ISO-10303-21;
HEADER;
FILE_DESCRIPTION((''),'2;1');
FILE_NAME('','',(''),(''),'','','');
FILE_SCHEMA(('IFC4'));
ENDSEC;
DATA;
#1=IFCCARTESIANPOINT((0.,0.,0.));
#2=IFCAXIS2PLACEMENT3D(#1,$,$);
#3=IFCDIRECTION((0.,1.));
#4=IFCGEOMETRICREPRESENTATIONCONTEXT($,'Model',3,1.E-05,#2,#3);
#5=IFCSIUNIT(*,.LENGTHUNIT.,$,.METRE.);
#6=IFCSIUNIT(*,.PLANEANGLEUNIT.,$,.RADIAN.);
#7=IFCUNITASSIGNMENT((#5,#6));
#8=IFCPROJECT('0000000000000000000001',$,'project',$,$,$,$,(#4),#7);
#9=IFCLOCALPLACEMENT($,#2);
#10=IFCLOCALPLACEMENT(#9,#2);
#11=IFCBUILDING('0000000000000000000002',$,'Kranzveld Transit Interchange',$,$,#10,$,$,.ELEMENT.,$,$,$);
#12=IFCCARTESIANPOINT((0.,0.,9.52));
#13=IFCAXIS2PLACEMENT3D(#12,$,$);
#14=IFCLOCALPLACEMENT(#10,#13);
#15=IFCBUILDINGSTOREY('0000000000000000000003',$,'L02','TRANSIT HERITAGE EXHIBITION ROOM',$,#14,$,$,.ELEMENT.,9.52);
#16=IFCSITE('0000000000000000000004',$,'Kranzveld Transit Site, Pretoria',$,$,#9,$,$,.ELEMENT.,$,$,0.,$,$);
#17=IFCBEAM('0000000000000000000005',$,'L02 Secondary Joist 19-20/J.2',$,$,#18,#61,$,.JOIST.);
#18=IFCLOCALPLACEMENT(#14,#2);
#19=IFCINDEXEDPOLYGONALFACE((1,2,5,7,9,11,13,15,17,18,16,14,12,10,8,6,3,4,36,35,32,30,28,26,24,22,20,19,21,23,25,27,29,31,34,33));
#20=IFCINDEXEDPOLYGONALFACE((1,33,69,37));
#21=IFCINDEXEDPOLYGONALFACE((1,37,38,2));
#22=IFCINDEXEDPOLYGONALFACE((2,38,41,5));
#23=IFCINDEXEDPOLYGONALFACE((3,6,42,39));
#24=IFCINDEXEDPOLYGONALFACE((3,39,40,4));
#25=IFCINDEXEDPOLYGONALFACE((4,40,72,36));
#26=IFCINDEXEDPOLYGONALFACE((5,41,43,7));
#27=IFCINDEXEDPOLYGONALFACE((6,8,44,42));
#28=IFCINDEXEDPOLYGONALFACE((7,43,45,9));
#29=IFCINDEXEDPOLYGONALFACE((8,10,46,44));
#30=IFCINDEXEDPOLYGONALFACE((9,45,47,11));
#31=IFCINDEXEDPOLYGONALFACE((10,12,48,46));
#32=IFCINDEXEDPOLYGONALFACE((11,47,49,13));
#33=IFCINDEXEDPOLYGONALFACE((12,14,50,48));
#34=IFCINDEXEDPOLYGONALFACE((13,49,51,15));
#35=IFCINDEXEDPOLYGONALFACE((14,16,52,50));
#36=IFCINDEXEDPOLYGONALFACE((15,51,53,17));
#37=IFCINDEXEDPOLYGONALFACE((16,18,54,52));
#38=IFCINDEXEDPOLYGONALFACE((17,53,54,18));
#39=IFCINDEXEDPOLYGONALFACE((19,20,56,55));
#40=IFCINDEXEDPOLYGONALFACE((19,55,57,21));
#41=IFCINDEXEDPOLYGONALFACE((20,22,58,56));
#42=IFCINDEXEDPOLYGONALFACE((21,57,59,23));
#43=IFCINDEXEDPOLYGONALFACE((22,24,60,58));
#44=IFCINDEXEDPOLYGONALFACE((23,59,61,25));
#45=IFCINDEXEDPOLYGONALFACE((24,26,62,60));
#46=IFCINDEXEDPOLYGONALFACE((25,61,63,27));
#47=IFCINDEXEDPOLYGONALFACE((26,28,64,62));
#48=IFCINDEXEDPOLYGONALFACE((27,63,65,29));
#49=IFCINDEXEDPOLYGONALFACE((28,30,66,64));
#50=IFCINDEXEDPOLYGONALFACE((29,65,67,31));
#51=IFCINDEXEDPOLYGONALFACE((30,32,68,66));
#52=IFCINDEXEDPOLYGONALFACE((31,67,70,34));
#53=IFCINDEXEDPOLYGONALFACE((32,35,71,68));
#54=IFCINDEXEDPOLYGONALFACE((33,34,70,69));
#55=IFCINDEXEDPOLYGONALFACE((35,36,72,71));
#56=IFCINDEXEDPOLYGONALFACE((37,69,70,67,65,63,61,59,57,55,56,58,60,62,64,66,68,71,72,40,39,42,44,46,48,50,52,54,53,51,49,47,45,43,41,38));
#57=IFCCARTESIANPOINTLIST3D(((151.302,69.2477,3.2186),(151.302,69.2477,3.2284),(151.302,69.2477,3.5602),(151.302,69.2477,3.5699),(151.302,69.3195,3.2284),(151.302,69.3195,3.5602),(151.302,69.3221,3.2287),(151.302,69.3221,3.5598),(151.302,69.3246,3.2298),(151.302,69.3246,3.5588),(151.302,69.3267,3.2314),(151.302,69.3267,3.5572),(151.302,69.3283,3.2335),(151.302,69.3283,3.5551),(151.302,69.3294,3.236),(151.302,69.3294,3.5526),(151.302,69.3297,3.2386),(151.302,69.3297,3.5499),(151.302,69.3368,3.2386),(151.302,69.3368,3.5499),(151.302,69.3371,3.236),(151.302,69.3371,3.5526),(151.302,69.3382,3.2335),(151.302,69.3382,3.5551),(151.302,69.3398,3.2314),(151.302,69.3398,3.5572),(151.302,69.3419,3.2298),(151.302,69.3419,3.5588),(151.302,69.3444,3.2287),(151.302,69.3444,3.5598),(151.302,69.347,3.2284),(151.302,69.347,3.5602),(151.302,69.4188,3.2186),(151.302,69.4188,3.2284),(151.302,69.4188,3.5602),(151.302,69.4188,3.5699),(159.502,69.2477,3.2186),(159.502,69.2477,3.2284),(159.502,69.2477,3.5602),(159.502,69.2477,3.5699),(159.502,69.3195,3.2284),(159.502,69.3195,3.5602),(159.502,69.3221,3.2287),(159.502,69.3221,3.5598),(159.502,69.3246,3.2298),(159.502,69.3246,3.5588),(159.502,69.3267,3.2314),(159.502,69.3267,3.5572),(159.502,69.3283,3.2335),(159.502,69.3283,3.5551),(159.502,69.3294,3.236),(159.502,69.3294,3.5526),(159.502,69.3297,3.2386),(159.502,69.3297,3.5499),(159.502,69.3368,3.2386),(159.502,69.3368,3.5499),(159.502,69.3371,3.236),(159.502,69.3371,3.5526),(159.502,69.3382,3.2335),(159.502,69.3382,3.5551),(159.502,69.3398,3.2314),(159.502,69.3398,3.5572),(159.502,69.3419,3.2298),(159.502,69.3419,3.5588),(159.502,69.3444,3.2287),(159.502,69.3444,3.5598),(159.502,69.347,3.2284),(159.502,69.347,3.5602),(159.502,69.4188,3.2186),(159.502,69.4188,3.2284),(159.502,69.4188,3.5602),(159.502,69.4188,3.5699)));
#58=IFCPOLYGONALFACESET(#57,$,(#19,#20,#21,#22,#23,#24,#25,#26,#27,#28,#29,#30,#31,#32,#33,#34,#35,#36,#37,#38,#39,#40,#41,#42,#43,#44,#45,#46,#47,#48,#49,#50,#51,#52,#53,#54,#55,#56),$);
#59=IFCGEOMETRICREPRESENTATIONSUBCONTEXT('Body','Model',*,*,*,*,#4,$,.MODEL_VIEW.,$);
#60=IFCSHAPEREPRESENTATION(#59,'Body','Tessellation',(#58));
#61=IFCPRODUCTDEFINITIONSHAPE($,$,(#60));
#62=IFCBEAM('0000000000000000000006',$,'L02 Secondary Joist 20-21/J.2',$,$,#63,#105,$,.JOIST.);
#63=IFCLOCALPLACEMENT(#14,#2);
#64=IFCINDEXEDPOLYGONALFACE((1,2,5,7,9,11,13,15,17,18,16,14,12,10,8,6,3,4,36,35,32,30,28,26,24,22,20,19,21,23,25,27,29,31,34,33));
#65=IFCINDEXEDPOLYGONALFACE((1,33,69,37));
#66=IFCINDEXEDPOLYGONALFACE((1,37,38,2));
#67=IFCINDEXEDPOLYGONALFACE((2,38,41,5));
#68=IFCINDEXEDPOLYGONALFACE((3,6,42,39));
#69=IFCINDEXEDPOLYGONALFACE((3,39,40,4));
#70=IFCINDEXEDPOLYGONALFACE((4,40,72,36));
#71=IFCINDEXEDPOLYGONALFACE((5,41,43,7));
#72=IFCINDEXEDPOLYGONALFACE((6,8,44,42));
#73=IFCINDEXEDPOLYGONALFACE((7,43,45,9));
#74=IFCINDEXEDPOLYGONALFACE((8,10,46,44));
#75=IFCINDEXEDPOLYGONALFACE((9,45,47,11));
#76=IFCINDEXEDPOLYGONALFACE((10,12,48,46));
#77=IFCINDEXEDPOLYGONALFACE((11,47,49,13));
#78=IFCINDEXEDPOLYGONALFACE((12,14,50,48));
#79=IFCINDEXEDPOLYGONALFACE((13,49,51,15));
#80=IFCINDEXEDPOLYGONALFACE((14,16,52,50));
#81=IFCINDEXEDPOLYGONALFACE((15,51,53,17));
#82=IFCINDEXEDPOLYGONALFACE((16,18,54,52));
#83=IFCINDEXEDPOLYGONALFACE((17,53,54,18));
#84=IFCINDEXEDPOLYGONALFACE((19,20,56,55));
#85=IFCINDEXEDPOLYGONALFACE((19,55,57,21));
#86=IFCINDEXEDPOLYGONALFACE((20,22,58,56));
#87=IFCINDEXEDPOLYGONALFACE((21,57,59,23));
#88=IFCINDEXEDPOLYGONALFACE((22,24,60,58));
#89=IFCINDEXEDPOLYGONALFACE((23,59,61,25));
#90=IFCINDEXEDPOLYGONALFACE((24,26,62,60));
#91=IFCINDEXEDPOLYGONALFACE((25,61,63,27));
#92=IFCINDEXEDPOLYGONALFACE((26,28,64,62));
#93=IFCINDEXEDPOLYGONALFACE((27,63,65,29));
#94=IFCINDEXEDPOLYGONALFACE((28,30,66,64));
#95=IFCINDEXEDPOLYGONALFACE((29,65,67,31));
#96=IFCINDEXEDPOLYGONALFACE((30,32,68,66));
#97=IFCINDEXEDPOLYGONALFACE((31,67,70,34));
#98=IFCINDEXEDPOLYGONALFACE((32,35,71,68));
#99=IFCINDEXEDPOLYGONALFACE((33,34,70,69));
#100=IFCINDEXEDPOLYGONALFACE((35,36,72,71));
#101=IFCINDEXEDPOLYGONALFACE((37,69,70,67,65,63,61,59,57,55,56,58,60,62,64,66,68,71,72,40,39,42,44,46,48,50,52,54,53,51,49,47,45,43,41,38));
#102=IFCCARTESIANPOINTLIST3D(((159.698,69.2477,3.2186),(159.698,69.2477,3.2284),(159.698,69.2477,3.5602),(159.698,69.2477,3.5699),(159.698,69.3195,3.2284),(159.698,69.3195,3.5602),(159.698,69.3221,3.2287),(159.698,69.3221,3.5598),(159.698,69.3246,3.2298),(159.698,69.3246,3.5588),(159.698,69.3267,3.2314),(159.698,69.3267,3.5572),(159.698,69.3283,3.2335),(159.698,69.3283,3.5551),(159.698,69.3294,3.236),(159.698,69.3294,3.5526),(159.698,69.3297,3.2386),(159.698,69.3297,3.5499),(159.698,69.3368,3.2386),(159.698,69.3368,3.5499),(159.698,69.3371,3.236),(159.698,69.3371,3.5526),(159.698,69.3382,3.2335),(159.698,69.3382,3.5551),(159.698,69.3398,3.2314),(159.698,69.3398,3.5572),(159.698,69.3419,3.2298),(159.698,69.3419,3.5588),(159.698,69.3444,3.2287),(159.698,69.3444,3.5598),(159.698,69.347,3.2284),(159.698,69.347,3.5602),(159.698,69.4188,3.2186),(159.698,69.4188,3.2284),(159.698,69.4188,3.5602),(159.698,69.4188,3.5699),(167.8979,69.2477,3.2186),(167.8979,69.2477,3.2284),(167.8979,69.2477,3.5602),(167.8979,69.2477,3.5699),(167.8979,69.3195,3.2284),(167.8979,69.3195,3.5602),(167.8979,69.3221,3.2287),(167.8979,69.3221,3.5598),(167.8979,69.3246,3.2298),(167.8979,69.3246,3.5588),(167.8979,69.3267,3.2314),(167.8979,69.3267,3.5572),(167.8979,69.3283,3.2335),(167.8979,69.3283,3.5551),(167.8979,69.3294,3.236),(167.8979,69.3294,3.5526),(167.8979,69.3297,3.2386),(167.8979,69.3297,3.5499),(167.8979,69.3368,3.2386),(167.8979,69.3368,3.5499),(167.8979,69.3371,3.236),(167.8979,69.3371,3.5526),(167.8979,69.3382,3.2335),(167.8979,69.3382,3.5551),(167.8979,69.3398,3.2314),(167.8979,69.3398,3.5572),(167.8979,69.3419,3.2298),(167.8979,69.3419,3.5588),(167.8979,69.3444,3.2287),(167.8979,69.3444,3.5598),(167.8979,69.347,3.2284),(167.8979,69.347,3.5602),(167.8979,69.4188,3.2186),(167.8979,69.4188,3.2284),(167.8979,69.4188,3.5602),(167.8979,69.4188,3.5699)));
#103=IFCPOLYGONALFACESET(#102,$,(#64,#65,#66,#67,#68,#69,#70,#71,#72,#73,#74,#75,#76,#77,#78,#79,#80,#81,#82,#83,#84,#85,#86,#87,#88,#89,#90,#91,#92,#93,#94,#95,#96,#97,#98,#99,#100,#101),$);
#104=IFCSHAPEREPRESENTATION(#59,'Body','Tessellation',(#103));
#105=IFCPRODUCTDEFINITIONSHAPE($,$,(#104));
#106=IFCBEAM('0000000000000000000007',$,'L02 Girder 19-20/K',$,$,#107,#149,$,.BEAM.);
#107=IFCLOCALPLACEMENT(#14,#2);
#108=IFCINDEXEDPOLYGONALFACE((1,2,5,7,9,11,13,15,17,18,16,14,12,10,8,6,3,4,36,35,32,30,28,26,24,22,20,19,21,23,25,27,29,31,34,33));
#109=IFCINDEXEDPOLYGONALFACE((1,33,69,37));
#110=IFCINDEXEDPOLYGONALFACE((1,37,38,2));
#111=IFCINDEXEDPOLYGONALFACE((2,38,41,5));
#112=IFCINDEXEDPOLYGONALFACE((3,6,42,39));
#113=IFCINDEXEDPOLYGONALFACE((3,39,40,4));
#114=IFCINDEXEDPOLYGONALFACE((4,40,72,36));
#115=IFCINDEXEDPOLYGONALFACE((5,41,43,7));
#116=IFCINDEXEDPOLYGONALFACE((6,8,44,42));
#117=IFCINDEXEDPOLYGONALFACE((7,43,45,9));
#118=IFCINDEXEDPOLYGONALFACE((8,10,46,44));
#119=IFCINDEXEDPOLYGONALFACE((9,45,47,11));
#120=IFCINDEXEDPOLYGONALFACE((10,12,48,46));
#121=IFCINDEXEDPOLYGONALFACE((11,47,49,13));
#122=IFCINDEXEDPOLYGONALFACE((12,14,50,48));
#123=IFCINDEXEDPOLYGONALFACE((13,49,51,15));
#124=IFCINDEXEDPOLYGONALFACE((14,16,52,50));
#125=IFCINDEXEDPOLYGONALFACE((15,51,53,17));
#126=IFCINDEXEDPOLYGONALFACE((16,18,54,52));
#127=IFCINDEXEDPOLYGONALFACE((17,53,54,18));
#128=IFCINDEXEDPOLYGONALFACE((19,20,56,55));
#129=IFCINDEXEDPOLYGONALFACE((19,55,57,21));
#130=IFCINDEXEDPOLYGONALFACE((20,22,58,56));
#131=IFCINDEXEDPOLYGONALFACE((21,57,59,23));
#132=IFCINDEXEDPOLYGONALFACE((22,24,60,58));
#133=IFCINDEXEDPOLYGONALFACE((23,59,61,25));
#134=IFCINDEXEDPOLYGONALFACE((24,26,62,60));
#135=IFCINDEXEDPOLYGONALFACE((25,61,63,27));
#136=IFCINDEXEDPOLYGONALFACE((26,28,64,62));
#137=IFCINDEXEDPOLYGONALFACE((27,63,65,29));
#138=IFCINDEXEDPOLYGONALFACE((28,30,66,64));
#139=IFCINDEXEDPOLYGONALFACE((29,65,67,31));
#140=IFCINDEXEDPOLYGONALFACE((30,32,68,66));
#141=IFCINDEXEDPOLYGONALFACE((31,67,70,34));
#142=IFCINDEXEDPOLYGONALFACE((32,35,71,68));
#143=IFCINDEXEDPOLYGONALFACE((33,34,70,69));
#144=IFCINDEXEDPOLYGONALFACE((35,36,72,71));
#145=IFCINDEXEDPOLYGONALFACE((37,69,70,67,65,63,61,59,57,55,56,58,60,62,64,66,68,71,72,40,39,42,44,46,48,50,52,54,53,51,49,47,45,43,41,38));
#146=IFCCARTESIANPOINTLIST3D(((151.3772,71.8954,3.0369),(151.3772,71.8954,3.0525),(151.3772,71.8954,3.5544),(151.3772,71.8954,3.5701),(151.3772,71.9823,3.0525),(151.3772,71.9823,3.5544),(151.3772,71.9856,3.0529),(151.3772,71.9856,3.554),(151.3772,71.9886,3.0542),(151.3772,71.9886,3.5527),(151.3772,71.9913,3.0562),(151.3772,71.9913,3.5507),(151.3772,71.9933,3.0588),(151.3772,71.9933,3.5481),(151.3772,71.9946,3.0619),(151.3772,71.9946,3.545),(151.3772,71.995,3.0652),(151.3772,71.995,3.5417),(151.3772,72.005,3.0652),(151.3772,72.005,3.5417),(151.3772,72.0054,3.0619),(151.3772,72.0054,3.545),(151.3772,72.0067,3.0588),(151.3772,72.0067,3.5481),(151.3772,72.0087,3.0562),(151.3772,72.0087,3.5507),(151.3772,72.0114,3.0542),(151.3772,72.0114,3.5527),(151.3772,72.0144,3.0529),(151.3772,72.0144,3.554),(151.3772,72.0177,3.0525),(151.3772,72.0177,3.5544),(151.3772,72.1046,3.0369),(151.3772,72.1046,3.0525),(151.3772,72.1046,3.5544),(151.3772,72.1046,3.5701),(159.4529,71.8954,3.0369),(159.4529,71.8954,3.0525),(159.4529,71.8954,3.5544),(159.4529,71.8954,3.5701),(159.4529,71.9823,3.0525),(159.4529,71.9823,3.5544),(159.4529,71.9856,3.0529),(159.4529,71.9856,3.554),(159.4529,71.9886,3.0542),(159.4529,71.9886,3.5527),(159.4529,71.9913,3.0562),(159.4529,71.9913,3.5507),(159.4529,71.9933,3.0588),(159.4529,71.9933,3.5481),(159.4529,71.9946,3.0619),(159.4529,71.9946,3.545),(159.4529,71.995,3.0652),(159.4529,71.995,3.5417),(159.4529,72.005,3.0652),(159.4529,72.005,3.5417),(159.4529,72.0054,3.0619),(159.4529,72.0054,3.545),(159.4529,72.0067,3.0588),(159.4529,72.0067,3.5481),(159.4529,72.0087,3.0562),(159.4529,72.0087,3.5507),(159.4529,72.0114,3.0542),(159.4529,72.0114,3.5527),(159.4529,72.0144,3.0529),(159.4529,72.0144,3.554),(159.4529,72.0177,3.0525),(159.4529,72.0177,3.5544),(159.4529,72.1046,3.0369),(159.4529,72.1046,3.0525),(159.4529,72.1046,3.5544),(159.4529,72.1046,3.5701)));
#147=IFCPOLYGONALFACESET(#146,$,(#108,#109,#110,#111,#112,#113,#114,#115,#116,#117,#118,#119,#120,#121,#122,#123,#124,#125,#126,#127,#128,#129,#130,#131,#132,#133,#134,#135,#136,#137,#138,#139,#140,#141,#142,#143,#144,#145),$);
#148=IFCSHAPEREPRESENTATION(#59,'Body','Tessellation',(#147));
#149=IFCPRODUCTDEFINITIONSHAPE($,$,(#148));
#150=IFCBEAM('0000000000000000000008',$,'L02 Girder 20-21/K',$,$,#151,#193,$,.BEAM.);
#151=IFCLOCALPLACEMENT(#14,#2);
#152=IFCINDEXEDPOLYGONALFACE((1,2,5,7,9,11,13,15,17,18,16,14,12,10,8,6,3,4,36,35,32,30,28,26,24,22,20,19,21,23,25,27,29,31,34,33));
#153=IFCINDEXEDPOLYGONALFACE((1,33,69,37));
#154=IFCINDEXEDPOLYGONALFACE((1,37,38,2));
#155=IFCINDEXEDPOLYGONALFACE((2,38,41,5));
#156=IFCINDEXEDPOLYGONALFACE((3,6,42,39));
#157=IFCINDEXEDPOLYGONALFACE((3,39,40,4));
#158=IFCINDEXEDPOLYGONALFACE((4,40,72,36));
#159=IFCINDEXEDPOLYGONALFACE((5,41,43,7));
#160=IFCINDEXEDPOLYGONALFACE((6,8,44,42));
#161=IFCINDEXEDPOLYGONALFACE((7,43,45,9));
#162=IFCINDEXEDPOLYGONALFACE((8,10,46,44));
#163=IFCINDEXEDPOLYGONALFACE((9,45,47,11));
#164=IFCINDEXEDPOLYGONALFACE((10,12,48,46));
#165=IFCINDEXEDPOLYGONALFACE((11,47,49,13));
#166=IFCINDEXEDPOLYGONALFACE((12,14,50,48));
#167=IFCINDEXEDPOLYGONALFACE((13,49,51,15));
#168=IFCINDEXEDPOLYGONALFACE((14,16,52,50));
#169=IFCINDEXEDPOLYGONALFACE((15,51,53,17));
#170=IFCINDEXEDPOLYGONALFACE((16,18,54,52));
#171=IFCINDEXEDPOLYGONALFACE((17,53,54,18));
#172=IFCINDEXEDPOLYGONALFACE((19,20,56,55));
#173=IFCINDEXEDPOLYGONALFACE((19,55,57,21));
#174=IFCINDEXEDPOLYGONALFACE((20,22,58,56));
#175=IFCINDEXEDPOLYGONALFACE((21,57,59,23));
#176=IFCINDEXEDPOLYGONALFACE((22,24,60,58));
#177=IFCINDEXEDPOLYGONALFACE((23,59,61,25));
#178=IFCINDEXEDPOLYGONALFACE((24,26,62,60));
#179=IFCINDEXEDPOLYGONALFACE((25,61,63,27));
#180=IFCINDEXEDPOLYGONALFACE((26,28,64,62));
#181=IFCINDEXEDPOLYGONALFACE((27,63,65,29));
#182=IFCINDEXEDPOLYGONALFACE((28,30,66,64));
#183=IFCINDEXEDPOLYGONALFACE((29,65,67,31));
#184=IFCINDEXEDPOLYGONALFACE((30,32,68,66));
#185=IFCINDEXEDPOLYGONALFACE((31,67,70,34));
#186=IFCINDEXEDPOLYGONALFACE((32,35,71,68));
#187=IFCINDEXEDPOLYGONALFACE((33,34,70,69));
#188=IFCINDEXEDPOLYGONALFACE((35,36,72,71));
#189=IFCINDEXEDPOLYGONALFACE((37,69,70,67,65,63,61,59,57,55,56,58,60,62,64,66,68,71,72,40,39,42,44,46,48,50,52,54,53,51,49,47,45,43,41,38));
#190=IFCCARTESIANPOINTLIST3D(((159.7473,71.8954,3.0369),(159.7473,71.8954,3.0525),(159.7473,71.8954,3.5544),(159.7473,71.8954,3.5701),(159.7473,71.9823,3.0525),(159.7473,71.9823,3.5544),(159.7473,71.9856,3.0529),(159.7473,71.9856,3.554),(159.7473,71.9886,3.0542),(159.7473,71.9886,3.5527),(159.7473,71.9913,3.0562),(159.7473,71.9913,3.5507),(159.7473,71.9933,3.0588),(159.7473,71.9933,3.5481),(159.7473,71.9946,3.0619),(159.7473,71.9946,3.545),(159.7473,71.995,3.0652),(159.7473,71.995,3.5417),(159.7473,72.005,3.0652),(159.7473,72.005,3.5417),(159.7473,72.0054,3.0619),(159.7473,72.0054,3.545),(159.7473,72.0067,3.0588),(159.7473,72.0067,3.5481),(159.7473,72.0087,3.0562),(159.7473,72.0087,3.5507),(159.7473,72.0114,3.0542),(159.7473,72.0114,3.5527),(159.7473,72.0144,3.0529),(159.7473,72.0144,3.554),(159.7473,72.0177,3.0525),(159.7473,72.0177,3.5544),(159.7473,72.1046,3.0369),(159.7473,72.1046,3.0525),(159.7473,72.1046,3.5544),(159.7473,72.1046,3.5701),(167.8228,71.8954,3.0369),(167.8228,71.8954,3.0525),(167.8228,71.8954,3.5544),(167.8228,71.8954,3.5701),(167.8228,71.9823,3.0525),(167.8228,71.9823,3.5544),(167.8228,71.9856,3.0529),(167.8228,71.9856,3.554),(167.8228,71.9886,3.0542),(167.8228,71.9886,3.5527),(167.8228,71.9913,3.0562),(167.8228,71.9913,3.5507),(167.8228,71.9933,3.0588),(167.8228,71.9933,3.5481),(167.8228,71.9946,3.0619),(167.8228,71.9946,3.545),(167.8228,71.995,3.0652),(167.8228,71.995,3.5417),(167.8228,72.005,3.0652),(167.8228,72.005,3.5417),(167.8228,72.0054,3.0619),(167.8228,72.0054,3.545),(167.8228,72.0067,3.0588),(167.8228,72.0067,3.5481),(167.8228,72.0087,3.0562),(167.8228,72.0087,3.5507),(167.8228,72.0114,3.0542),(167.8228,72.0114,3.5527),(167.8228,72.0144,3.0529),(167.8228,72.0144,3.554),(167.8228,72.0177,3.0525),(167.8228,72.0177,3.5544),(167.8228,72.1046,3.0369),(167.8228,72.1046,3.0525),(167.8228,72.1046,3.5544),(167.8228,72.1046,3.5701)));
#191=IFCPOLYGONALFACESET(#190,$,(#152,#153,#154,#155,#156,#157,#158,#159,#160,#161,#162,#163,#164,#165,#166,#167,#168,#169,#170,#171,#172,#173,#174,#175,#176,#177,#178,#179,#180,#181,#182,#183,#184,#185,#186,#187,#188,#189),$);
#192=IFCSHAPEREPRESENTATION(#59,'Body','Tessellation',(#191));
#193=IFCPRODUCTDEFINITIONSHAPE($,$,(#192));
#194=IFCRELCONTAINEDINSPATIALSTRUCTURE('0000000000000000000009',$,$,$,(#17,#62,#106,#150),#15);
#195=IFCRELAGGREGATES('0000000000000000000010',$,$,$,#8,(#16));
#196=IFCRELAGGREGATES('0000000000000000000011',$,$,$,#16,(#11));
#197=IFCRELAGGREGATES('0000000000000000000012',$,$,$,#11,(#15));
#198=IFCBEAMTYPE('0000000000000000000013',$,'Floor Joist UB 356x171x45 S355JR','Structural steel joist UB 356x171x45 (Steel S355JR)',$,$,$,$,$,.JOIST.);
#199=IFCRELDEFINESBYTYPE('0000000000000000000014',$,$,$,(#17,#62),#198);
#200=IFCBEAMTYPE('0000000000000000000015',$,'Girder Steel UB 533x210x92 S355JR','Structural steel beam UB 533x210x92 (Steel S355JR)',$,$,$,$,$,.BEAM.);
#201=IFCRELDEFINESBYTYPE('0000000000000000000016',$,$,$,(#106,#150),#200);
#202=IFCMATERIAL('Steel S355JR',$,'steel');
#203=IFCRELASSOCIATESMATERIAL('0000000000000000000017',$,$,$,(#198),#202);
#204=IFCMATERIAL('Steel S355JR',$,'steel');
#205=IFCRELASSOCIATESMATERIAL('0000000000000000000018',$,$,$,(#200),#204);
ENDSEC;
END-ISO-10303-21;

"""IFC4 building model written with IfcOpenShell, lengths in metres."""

from ifc_helpers import new_model, si_unit, direction, frame, origin, origin_2d, place, context, subcontext, project, spatial, i_section, extrude, material, material_profile, profile_set, type_object, element, save


model = new_model("IFC4")

# Units and contexts
model_context = context("Model", 3, precision=1e-05, world=origin(), true_north=direction((0.0, 1.0)))
body_context = subcontext(model_context, "Body", "Model", "MODEL_VIEW")
ifc_project = project(units=[si_unit("LENGTHUNIT", "METRE"), si_unit("PLANEANGLEUNIT", "RADIAN")], contexts=[model_context])

# Site, building, storey
site_placement = place(None, origin())
site = spatial("IfcSite", under=ifc_project, at=site_placement, Name="Kranzveld Transit Site, Pretoria", CompositionType="ELEMENT", RefElevation=0.0)
building_placement = place(site_placement, origin())
building = spatial("IfcBuilding", under=site, at=building_placement, Name="Kranzveld Transit Interchange", CompositionType="ELEMENT")
storey_placement = place(building_placement, frame((0.0, 0.0, 9.52)))
storey = spatial("IfcBuildingStorey", under=building, at=storey_placement, Name="L02", Description="TRANSIT HERITAGE EXHIBITION ROOM", CompositionType="ELEMENT", Elevation=9.52)

# Beams
ifc_material_1 = material(Name="Steel S355JR", Category="steel")
ifc_material_profile_1 = material_profile(ifc_material_1, i_section(OverallWidth=0.1711, OverallDepth=0.3513, WebThickness=0.0071, FlangeThickness=0.0098, FilletRadius=0.0103, at=origin_2d()), Name="UB 356x171x45")
ifc_profile_set_1 = profile_set([ifc_material_profile_1], Name="Steel S355JR")
beam_type_1 = type_object("IfcBeamType", Name="Floor Joist UB 356x171x45 S355JR", Description="Structural steel joist UB 356x171x45 (Steel S355JR)", PredefinedType="JOIST", material=ifc_profile_set_1)
for number, where, z_axis, x_axis, name in (
    (1, (151.302, 69.3333, 3.3943), (1.0, 0.0, 0.0), (0.0, 1.0, 0.0), "L02 Secondary Joist 19-20/J.2"),
    (2, (159.698, 69.3333, 3.3943), (1.0, 0.0, 0.0), (0.0, 1.0, 0.0), "L02 Secondary Joist 20-21/J.2"),
):
    element("IfcBeam", number, at=place(storey_placement, frame(where, z_axis=z_axis, x_axis=x_axis)), inside=storey, type_object=beam_type_1, Name=name, PredefinedType="JOIST", context=body_context, shape_type="SweptSolid", body=[
        extrude(i_section(OverallWidth=0.1711, OverallDepth=0.3513, WebThickness=0.0071, FlangeThickness=0.0098, FilletRadius=0.0103, at=origin_2d()), origin(), (0.0, 0.0, 1.0), 8.2),
    ])
ifc_material_2 = material(Name="Steel S355JR", Category="steel")
ifc_material_profile_2 = material_profile(ifc_material_2, i_section(OverallWidth=0.2092, OverallDepth=0.5332, WebThickness=0.01, FlangeThickness=0.0156, FilletRadius=0.0127, at=origin_2d()), Name="UB 533x210x92")
ifc_profile_set_2 = profile_set([ifc_material_profile_2], Name="Steel S355JR")
beam_type_2 = type_object("IfcBeamType", Name="Girder Steel UB 533x210x92 S355JR", Description="Structural steel beam UB 533x210x92 (Steel S355JR)", PredefinedType="BEAM", material=ifc_profile_set_2)
beam_1_placement = place(storey_placement, frame((151.3772, 72.0, 3.3035), z_axis=(1.0, 0.0, 0.0), x_axis=(0.0, 1.0, 0.0)))
element("IfcBeam", 3, at=beam_1_placement, inside=storey, type_object=beam_type_2, Name="L02 Girder 19-20/K", PredefinedType="BEAM", context=body_context, shape_type="SweptSolid", body=[
    extrude(i_section(OverallWidth=0.2092, OverallDepth=0.5332, WebThickness=0.01, FlangeThickness=0.0156, FilletRadius=0.0127, at=origin_2d()), origin(), (0.0, 0.0, 1.0), 8.0757),
])
beam_2_placement = place(storey_placement, frame((159.7473, 72.0, 3.3035), z_axis=(1.0, 0.0, 0.0), x_axis=(0.0, 1.0, 0.0)))
element("IfcBeam", 4, at=beam_2_placement, inside=storey, type_object=beam_type_2, Name="L02 Girder 20-21/K", PredefinedType="BEAM", context=body_context, shape_type="SweptSolid", body=[
    extrude(i_section(OverallWidth=0.2092, OverallDepth=0.5332, WebThickness=0.01, FlangeThickness=0.0156, FilletRadius=0.0127, at=origin_2d()), origin(), (0.0, 0.0, 1.0), 8.0754),
])

save(model, "model.ifc")
